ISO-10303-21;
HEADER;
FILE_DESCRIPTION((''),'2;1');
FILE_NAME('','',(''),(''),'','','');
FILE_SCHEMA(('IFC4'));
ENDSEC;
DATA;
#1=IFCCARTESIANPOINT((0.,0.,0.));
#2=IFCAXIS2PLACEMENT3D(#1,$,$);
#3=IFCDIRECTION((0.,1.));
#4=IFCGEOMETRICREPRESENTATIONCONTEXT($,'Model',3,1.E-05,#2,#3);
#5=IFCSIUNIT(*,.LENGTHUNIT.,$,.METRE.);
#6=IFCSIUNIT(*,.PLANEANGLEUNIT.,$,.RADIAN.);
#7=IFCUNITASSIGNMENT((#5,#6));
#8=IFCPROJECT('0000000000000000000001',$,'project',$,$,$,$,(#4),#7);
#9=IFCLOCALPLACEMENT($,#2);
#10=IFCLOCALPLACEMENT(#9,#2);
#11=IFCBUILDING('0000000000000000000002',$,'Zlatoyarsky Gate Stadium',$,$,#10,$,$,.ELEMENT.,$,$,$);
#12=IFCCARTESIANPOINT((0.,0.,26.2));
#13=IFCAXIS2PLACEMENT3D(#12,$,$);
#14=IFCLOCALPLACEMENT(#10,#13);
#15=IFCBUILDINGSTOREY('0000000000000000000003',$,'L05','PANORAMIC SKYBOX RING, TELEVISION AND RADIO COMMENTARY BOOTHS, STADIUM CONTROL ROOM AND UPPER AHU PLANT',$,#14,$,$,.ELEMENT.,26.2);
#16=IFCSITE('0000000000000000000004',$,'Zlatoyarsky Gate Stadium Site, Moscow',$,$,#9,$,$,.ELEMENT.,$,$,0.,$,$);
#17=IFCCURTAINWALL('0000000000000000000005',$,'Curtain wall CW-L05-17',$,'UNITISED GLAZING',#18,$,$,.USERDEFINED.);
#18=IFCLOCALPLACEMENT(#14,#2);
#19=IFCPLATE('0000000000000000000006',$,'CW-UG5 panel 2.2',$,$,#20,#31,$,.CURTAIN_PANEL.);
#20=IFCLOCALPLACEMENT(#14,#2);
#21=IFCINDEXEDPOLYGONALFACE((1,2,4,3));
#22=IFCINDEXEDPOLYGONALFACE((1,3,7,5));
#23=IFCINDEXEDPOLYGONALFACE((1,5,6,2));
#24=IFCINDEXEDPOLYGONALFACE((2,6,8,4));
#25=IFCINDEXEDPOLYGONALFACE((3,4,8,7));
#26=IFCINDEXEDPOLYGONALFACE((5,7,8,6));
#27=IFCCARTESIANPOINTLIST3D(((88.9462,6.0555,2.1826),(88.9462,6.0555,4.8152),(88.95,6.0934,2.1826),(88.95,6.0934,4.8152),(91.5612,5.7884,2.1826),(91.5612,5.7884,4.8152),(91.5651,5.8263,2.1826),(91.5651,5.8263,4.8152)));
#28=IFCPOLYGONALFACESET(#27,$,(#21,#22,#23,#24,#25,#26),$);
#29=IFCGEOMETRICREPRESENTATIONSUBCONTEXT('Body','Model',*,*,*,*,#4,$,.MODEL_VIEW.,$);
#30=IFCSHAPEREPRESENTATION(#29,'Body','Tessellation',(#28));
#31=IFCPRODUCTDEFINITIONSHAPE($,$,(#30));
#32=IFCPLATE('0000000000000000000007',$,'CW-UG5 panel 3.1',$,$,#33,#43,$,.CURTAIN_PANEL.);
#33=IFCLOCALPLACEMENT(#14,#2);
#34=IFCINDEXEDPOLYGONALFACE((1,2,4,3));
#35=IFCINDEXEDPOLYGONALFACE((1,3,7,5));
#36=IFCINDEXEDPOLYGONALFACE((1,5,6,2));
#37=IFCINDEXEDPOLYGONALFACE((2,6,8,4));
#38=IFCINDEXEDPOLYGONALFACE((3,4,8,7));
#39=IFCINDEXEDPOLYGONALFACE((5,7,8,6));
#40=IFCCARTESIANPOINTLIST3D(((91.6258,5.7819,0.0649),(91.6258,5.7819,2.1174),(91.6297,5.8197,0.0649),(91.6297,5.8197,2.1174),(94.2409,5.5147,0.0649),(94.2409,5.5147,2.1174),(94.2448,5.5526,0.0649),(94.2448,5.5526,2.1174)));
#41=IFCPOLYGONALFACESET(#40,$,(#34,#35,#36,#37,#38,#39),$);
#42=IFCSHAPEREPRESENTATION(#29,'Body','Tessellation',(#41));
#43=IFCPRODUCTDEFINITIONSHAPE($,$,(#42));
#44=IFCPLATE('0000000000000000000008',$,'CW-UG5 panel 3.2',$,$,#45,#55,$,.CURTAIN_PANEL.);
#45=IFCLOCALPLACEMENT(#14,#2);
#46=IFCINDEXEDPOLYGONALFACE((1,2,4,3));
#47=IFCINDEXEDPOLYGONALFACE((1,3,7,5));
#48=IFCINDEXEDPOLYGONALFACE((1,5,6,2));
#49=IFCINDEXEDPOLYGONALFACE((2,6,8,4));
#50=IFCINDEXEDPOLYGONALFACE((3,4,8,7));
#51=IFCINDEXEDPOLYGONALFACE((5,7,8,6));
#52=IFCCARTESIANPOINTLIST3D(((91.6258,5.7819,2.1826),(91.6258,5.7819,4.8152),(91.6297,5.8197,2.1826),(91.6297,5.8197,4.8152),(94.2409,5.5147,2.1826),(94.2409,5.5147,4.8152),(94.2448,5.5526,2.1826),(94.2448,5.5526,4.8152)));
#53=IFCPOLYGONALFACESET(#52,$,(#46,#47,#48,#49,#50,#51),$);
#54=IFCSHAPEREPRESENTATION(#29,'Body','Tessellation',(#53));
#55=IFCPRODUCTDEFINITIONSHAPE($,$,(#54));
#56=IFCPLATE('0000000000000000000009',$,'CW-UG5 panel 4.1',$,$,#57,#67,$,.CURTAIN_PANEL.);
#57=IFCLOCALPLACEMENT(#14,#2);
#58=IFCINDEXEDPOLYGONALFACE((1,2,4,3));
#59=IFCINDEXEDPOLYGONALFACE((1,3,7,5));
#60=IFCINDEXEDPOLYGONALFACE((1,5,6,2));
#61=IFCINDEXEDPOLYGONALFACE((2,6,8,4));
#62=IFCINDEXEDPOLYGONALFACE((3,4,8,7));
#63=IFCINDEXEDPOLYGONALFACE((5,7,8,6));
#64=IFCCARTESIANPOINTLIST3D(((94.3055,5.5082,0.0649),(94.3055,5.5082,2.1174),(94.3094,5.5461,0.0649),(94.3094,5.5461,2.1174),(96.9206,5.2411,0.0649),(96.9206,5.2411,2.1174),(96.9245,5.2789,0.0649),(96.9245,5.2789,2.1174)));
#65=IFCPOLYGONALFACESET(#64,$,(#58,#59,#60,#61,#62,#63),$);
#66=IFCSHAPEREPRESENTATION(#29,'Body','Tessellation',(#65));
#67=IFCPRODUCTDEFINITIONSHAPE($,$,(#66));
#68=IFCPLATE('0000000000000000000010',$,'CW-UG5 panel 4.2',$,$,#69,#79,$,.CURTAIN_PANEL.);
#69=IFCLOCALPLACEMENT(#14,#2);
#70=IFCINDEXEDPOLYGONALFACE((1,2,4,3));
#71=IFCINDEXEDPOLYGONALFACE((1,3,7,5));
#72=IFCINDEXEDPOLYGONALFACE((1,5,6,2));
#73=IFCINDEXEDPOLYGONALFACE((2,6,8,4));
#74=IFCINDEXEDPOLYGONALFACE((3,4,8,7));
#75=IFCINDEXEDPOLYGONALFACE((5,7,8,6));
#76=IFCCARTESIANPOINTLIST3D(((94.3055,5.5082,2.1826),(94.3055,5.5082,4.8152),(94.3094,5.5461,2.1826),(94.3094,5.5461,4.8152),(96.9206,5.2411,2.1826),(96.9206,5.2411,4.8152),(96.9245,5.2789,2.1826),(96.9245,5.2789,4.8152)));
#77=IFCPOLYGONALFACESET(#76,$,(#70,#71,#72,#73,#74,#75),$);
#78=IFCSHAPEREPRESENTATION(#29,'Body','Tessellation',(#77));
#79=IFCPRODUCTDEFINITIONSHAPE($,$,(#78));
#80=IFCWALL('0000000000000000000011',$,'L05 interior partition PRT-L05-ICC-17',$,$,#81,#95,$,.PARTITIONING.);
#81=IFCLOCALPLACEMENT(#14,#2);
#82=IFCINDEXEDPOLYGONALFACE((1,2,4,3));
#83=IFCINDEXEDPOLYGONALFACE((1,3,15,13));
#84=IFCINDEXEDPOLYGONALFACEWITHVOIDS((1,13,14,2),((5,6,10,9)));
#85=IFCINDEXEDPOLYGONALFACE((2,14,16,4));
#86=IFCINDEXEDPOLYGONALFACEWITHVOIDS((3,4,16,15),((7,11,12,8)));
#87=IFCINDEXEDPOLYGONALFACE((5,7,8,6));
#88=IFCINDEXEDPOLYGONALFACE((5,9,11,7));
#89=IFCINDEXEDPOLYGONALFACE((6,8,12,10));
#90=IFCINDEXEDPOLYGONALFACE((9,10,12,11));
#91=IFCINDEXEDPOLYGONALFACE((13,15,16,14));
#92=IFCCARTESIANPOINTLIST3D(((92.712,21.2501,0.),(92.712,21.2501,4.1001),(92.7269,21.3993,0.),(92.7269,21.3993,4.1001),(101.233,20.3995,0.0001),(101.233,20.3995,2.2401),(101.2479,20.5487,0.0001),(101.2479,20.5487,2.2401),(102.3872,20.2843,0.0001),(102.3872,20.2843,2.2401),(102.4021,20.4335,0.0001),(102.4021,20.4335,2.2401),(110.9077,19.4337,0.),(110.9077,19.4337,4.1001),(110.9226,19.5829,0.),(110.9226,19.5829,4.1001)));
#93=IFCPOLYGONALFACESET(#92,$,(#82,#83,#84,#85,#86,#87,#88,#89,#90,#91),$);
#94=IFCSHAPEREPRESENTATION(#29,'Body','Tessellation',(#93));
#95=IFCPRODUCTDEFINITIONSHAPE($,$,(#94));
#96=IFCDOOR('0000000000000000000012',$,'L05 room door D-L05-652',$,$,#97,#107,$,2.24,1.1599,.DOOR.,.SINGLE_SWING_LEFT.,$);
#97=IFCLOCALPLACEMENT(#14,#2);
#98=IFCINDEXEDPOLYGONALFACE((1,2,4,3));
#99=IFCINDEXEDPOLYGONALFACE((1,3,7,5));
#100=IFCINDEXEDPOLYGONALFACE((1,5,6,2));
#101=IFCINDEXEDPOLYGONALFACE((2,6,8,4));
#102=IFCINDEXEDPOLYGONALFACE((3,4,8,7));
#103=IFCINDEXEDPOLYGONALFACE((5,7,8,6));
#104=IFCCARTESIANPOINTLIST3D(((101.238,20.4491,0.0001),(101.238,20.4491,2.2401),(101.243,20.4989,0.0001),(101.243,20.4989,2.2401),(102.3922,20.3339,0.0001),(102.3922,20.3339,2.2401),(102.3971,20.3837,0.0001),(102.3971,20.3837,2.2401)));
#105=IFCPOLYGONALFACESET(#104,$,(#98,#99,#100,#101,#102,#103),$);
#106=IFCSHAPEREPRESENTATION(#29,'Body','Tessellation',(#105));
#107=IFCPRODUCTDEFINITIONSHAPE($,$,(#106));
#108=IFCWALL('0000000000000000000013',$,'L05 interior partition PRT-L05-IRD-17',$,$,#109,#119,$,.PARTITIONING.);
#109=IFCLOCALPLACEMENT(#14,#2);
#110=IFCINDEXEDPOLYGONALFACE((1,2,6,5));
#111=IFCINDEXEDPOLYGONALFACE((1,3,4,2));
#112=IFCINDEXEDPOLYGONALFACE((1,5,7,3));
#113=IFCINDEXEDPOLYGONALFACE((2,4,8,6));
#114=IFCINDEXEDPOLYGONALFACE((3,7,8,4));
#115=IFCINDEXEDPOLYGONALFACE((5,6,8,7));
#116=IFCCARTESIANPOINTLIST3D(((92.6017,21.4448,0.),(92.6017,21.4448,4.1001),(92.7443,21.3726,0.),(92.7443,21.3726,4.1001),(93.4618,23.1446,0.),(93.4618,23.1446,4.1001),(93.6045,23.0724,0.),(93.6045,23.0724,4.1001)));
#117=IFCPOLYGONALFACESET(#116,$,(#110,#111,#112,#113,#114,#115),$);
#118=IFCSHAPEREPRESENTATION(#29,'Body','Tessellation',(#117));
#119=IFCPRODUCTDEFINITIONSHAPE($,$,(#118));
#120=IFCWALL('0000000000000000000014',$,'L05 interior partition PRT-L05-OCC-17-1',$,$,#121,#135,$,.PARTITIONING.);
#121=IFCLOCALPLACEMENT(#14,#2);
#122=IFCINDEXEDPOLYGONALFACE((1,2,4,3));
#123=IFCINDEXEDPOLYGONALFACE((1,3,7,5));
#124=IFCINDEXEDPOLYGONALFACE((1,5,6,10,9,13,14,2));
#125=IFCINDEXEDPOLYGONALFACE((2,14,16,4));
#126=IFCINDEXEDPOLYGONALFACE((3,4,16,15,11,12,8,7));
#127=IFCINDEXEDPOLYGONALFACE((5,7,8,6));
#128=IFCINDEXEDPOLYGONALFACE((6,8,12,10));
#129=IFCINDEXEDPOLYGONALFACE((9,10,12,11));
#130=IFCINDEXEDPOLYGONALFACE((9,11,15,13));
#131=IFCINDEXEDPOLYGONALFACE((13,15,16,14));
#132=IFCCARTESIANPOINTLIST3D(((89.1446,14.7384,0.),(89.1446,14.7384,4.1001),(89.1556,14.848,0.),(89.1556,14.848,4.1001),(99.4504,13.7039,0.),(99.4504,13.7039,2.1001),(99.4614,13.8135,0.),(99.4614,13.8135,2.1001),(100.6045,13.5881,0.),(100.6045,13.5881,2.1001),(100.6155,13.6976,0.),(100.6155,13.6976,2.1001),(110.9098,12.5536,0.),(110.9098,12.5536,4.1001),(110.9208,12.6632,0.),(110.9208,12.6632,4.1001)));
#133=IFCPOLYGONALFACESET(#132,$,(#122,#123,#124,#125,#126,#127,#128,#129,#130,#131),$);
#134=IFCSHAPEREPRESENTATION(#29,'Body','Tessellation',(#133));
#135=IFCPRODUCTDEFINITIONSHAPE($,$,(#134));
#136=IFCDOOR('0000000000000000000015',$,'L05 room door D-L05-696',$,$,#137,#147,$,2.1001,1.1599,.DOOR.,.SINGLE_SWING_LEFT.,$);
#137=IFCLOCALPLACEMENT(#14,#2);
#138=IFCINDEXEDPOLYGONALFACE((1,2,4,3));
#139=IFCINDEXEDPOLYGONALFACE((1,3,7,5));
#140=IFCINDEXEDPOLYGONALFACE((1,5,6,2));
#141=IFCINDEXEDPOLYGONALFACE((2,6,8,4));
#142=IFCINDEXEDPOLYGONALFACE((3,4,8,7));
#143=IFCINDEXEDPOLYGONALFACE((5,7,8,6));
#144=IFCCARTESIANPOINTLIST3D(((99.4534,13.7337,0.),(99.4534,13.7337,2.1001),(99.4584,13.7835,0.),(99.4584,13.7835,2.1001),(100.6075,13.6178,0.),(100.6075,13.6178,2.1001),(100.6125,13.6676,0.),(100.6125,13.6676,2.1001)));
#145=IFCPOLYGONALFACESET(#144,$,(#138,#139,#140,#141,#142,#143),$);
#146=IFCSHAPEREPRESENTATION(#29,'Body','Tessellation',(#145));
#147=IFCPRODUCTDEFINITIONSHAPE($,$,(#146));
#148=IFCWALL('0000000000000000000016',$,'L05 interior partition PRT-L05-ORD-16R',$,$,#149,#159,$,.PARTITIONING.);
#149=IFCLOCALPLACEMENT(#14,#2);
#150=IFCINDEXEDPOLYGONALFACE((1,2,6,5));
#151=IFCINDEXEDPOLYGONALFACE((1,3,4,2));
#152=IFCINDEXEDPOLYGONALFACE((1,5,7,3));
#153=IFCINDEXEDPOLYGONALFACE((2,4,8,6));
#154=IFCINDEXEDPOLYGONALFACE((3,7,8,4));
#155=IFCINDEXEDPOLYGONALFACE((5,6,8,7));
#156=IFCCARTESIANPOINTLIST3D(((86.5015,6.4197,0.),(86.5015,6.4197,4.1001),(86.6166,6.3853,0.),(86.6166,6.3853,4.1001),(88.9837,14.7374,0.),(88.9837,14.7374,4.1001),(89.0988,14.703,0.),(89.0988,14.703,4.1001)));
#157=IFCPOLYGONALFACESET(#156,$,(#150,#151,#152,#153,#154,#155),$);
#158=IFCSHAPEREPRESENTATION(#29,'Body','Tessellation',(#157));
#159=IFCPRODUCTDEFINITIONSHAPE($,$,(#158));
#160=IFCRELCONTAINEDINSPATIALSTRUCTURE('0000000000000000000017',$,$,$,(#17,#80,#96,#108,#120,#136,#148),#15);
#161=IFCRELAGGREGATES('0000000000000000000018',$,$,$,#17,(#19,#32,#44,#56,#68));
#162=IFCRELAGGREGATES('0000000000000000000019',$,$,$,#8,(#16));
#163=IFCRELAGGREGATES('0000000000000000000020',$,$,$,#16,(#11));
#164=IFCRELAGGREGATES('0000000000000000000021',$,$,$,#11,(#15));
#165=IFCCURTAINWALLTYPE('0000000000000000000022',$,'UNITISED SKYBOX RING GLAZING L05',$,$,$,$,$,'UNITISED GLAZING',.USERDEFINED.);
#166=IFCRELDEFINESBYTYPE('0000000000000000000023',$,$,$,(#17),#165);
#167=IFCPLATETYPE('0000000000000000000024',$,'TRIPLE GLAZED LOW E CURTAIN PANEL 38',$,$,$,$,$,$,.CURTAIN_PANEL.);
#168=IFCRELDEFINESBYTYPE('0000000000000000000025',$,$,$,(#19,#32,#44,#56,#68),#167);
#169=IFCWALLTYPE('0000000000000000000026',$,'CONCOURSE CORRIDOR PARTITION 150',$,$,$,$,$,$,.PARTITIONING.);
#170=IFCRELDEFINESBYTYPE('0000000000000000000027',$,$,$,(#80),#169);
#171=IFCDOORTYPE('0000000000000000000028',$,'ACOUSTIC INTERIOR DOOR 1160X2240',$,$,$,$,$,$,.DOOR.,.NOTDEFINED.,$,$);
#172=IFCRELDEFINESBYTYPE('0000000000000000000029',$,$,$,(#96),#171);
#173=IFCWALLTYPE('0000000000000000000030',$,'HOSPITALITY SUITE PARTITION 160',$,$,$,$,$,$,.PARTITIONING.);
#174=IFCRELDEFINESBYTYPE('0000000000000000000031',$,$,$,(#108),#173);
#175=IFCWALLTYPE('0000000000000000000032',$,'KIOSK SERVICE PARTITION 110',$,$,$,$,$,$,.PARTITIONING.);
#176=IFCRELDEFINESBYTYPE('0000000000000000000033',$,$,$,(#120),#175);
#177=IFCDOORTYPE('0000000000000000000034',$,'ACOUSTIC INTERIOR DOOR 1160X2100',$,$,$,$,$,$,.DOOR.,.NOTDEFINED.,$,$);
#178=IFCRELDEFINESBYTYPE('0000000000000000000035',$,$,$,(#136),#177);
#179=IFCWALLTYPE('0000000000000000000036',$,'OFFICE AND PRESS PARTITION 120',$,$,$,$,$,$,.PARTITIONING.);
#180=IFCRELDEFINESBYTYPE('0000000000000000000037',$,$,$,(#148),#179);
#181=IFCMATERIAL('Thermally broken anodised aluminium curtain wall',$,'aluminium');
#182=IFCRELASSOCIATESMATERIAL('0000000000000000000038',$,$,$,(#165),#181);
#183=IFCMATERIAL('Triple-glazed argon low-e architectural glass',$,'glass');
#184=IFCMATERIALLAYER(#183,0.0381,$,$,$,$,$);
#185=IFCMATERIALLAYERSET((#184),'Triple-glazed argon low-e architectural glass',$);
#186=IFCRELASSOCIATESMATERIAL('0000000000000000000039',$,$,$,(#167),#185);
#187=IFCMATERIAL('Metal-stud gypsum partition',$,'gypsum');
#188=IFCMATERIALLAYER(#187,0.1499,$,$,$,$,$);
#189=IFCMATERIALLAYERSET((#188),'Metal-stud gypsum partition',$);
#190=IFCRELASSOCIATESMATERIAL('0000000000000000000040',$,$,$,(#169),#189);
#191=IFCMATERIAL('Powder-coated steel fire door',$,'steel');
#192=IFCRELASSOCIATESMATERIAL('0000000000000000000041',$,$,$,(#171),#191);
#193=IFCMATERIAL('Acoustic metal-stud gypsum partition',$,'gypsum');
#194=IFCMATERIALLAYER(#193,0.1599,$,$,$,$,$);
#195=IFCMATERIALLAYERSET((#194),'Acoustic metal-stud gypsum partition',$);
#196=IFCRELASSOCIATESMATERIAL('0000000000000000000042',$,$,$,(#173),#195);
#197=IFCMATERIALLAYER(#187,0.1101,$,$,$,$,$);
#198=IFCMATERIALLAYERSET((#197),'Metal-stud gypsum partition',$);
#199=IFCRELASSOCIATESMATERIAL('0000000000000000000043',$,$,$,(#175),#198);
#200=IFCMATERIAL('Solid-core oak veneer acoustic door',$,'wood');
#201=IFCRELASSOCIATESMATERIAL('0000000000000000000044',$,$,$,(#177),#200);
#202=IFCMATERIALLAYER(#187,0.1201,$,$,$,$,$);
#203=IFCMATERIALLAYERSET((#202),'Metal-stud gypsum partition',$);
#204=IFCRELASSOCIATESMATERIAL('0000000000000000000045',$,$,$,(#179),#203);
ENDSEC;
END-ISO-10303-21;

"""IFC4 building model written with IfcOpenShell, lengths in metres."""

from ifc_helpers import new_model, si_unit, direction, frame, frame_2d, origin, origin_2d, place, context, subcontext, project, spatial, rectangle, extrude, material, layer, layer_set, type_object, element, fill, aggregate, save


model = new_model("IFC4")

# Units and contexts
model_context = context("Model", 3, precision=1e-05, world=origin(), true_north=direction((0.0, 1.0)))
body_context = subcontext(model_context, "Body", "Model", "MODEL_VIEW")
ifc_project = project(units=[si_unit("LENGTHUNIT", "METRE"), si_unit("PLANEANGLEUNIT", "RADIAN")], contexts=[model_context])

# Site, building, storey
site_placement = place(None, origin())
site = spatial("IfcSite", under=ifc_project, at=site_placement, Name="Zlatoyarsky Gate Stadium Site, Moscow", CompositionType="ELEMENT", RefElevation=0.0)
building_placement = place(site_placement, origin())
building = spatial("IfcBuilding", under=site, at=building_placement, Name="Zlatoyarsky Gate Stadium", CompositionType="ELEMENT")
storey_placement = place(building_placement, frame((0.0, 0.0, 26.2)))
storey = spatial("IfcBuildingStorey", under=building, at=storey_placement, Name="L05", Description="PANORAMIC SKYBOX RING, TELEVISION AND RADIO COMMENTARY BOOTHS, STADIUM CONTROL ROOM AND UPPER AHU PLANT", CompositionType="ELEMENT", Elevation=26.2)

# Curtain wall
ifc_material_1 = material(Name="Thermally broken anodised aluminium curtain wall", Category="aluminium")
curtain_wall_type = type_object("IfcCurtainWallType", Name="UNITISED SKYBOX RING GLAZING L05", ElementType="UNITISED GLAZING", PredefinedType="USERDEFINED", material=ifc_material_1)
curtain_wall_placement = place(storey_placement, origin())
curtain_wall = element("IfcCurtainWall", 1, at=curtain_wall_placement, inside=storey, type_object=curtain_wall_type, Name="Curtain wall CW-L05-17", ObjectType="UNITISED GLAZING", PredefinedType="USERDEFINED")

# Plates
ifc_material_2 = material(Name="Triple-glazed argon low-e architectural glass", Category="glass")
ifc_layer_1 = layer(ifc_material_2, 0.0381)
ifc_layer_set_1 = layer_set([ifc_layer_1], Name="Triple-glazed argon low-e architectural glass")
plate_type = type_object("IfcPlateType", Name="TRIPLE GLAZED LOW E CURTAIN PANEL 38", PredefinedType="CURTAIN_PANEL", material=ifc_layer_set_1)
plate_1_placement = place(storey_placement, frame((90.2556, 5.9409, 2.1826), z_axis=(0.0, 0.0, 1.0), x_axis=(0.994823, -0.101618, 0.0)))
plate_1 = element("IfcPlate", 2, at=plate_1_placement, type_object=plate_type, Name="CW-UG5 panel 2.2", PredefinedType="CURTAIN_PANEL", context=body_context, shape_type="SweptSolid", body=[
    extrude(rectangle(XDim=2.6287, YDim=0.0381, at=origin_2d()), origin(), (0.0, 0.0, 1.0), 2.6326),
])
plate_2_placement = place(storey_placement, frame((92.9353, 5.6672, 0.0649), z_axis=(0.0, 0.0, 1.0), x_axis=(0.994823, -0.101618, 0.0)))
plate_2 = element("IfcPlate", 3, at=plate_2_placement, type_object=plate_type, Name="CW-UG5 panel 3.1", PredefinedType="CURTAIN_PANEL", context=body_context, shape_type="SweptSolid", body=[
    extrude(rectangle(XDim=2.6287, YDim=0.0381, at=origin_2d()), origin(), (0.0, 0.0, 1.0), 2.0525),
])
plate_3_placement = place(storey_placement, frame((92.9353, 5.6672, 2.1826), z_axis=(0.0, 0.0, 1.0), x_axis=(0.994823, -0.101618, 0.0)))
plate_3 = element("IfcPlate", 4, at=plate_3_placement, type_object=plate_type, Name="CW-UG5 panel 3.2", PredefinedType="CURTAIN_PANEL", context=body_context, shape_type="SweptSolid", body=[
    extrude(rectangle(XDim=2.6287, YDim=0.0381, at=origin_2d()), origin(), (0.0, 0.0, 1.0), 2.6326),
])
plate_4_placement = place(storey_placement, frame((95.615, 5.3936, 0.0649), z_axis=(0.0, 0.0, 1.0), x_axis=(0.994823, -0.101618, 0.0)))
plate_4 = element("IfcPlate", 5, at=plate_4_placement, type_object=plate_type, Name="CW-UG5 panel 4.1", PredefinedType="CURTAIN_PANEL", context=body_context, shape_type="SweptSolid", body=[
    extrude(rectangle(XDim=2.6287, YDim=0.0381, at=origin_2d()), origin(), (0.0, 0.0, 1.0), 2.0525),
])
plate_5_placement = place(storey_placement, frame((95.615, 5.3936, 2.1826), z_axis=(0.0, 0.0, 1.0), x_axis=(0.994823, -0.101618, 0.0)))
plate_5 = element("IfcPlate", 6, at=plate_5_placement, type_object=plate_type, Name="CW-UG5 panel 4.2", PredefinedType="CURTAIN_PANEL", context=body_context, shape_type="SweptSolid", body=[
    extrude(rectangle(XDim=2.6287, YDim=0.0381, at=origin_2d()), origin(), (0.0, 0.0, 1.0), 2.6326),
])
aggregate(curtain_wall, [plate_1, plate_2, plate_3, plate_4, plate_5])

# Wall, opening, door
ifc_material_3 = material(Name="Metal-stud gypsum partition", Category="gypsum")
ifc_layer_2 = layer(ifc_material_3, 0.1499)
ifc_layer_set_2 = layer_set([ifc_layer_2], Name="Metal-stud gypsum partition")
wall_type_1 = type_object("IfcWallType", Name="CONCOURSE CORRIDOR PARTITION 150", PredefinedType="PARTITIONING", material=ifc_layer_set_2)
wall_1_placement = place(storey_placement, frame((92.7195, 21.3247, 0.0), z_axis=(0.0, 0.0, 1.0), x_axis=(0.995054, -0.099332, 0.0)))
wall_1 = element("IfcWall", 7, at=wall_1_placement, inside=storey, type_object=wall_type_1, Name="L05 interior partition PRT-L05-ICC-17", PredefinedType="PARTITIONING", context=body_context, shape_type="SweptSolid", body=[
    extrude(rectangle(XDim=18.2861, YDim=0.1499, at=frame_2d((9.1431, 0.0))), origin(), (0.0, 0.0, 1.0), 4.1001),
])
opening_1_placement = place(wall_1_placement, frame((8.5632, 0.0, 0.0)))
opening_1 = element("IfcOpeningElement", 8, at=opening_1_placement, cuts=wall_1, PredefinedType="OPENING", context=body_context, shape_type="SweptSolid", body=[
    extrude(rectangle(XDim=1.1599, YDim=2.24, at=frame_2d((0.5801, 1.1201))), frame((0.0, 0.085, 0.0), z_axis=(0.0, -1.0, 0.0), x_axis=(1.0, 0.0, 0.0)), (0.0, 0.0, 1.0), 0.1699),
])
ifc_material_4 = material(Name="Powder-coated steel fire door", Category="steel")
door_type_1 = type_object("IfcDoorType", Name="ACOUSTIC INTERIOR DOOR 1160X2240", OperationType="NOTDEFINED", PredefinedType="DOOR", material=ifc_material_4)
door_1_placement = place(opening_1_placement, origin())
door_1 = element("IfcDoor", 9, at=door_1_placement, inside=storey, type_object=door_type_1, Name="L05 room door D-L05-652", OperationType="SINGLE_SWING_LEFT", OverallHeight=2.24, OverallWidth=1.1599, PredefinedType="DOOR", context=body_context, shape_type="SweptSolid", body=[
    extrude(rectangle(XDim=1.1599, YDim=2.24, at=frame_2d((0.5801, 1.1201))), frame((0.0, 0.0249, 0.0), z_axis=(0.0, -1.0, 0.0), x_axis=(1.0, 0.0, 0.0)), (0.0, 0.0, 1.0), 0.05),
])
fill(opening_1, door_1)

# Wall
ifc_material_5 = material(Name="Acoustic metal-stud gypsum partition", Category="gypsum")
ifc_layer_3 = layer(ifc_material_5, 0.1599)
ifc_layer_set_3 = layer_set([ifc_layer_3], Name="Acoustic metal-stud gypsum partition")
wall_type_2 = type_object("IfcWallType", Name="HOSPITALITY SUITE PARTITION 160", PredefinedType="PARTITIONING", material=ifc_layer_set_3)
wall_2_placement = place(storey_placement, frame((93.5332, 23.1086, 0.0), z_axis=(0.0, 0.0, 1.0), x_axis=(-0.451515, -0.892264, 0.0)))
element("IfcWall", 10, at=wall_2_placement, inside=storey, type_object=wall_type_2, Name="L05 interior partition PRT-L05-IRD-17", PredefinedType="PARTITIONING", context=body_context, shape_type="SweptSolid", body=[
    extrude(rectangle(XDim=1.905, YDim=0.1599, at=frame_2d((0.9526, 0.0))), origin(), (0.0, 0.0, 1.0), 4.1001),
])

# Wall, opening, door
ifc_layer_4 = layer(ifc_material_3, 0.1101)
ifc_layer_set_4 = layer_set([ifc_layer_4], Name="Metal-stud gypsum partition")
wall_type_3 = type_object("IfcWallType", Name="KIOSK SERVICE PARTITION 110", PredefinedType="PARTITIONING", material=ifc_layer_set_4)
wall_3_placement = place(storey_placement, frame((89.1501, 14.7932, 0.0), z_axis=(0.0, 0.0, 1.0), x_axis=(0.995, -0.099879, 0.0)))
wall_3 = element("IfcWall", 11, at=wall_3_placement, inside=storey, type_object=wall_type_3, Name="L05 interior partition PRT-L05-OCC-17-1", PredefinedType="PARTITIONING", context=body_context, shape_type="SweptSolid", body=[
    extrude(rectangle(XDim=21.8745, YDim=0.1101, at=frame_2d((10.9373, 0.0))), origin(), (0.0, 0.0, 1.0), 4.1001),
])
opening_2_placement = place(wall_3_placement, frame((10.3574, 0.0, 0.0)))
opening_2 = element("IfcOpeningElement", 12, at=opening_2_placement, cuts=wall_3, PredefinedType="OPENING", context=body_context, shape_type="SweptSolid", body=[
    extrude(rectangle(XDim=1.1599, YDim=2.1001, at=frame_2d((0.5801, 1.05))), frame((0.0, 0.0649, 0.0), z_axis=(0.0, -1.0, 0.0), x_axis=(1.0, 0.0, 0.0)), (0.0, 0.0, 1.0), 0.1301),
])
ifc_material_6 = material(Name="Solid-core oak veneer acoustic door", Category="wood")
door_type_2 = type_object("IfcDoorType", Name="ACOUSTIC INTERIOR DOOR 1160X2100", OperationType="NOTDEFINED", PredefinedType="DOOR", material=ifc_material_6)
door_2_placement = place(opening_2_placement, origin())
door_2 = element("IfcDoor", 13, at=door_2_placement, inside=storey, type_object=door_type_2, Name="L05 room door D-L05-696", OperationType="SINGLE_SWING_LEFT", OverallHeight=2.1001, OverallWidth=1.1599, PredefinedType="DOOR", context=body_context, shape_type="SweptSolid", body=[
    extrude(rectangle(XDim=1.1599, YDim=2.1001, at=frame_2d((0.5801, 1.05))), frame((0.0, 0.0249, 0.0), z_axis=(0.0, -1.0, 0.0), x_axis=(1.0, 0.0, 0.0)), (0.0, 0.0, 1.0), 0.05),
])
fill(opening_2, door_2)

# Wall
ifc_layer_5 = layer(ifc_material_3, 0.1201)
ifc_layer_set_5 = layer_set([ifc_layer_5], Name="Metal-stud gypsum partition")
wall_type_4 = type_object("IfcWallType", Name="OFFICE AND PRESS PARTITION 120", PredefinedType="PARTITIONING", material=ifc_layer_set_5)
wall_4_placement = place(storey_placement, frame((89.0413, 14.7202, 0.0), z_axis=(0.0, 0.0, 1.0), x_axis=(-0.285962, -0.958241, 0.0)))
element("IfcWall", 14, at=wall_4_placement, inside=storey, type_object=wall_type_4, Name="L05 interior partition PRT-L05-ORD-16R", PredefinedType="PARTITIONING", context=body_context, shape_type="SweptSolid", body=[
    extrude(rectangle(XDim=8.6802, YDim=0.1201, at=frame_2d((4.3401, 0.0))), origin(), (0.0, 0.0, 1.0), 4.1001),
])

save(model, "model.ifc")
